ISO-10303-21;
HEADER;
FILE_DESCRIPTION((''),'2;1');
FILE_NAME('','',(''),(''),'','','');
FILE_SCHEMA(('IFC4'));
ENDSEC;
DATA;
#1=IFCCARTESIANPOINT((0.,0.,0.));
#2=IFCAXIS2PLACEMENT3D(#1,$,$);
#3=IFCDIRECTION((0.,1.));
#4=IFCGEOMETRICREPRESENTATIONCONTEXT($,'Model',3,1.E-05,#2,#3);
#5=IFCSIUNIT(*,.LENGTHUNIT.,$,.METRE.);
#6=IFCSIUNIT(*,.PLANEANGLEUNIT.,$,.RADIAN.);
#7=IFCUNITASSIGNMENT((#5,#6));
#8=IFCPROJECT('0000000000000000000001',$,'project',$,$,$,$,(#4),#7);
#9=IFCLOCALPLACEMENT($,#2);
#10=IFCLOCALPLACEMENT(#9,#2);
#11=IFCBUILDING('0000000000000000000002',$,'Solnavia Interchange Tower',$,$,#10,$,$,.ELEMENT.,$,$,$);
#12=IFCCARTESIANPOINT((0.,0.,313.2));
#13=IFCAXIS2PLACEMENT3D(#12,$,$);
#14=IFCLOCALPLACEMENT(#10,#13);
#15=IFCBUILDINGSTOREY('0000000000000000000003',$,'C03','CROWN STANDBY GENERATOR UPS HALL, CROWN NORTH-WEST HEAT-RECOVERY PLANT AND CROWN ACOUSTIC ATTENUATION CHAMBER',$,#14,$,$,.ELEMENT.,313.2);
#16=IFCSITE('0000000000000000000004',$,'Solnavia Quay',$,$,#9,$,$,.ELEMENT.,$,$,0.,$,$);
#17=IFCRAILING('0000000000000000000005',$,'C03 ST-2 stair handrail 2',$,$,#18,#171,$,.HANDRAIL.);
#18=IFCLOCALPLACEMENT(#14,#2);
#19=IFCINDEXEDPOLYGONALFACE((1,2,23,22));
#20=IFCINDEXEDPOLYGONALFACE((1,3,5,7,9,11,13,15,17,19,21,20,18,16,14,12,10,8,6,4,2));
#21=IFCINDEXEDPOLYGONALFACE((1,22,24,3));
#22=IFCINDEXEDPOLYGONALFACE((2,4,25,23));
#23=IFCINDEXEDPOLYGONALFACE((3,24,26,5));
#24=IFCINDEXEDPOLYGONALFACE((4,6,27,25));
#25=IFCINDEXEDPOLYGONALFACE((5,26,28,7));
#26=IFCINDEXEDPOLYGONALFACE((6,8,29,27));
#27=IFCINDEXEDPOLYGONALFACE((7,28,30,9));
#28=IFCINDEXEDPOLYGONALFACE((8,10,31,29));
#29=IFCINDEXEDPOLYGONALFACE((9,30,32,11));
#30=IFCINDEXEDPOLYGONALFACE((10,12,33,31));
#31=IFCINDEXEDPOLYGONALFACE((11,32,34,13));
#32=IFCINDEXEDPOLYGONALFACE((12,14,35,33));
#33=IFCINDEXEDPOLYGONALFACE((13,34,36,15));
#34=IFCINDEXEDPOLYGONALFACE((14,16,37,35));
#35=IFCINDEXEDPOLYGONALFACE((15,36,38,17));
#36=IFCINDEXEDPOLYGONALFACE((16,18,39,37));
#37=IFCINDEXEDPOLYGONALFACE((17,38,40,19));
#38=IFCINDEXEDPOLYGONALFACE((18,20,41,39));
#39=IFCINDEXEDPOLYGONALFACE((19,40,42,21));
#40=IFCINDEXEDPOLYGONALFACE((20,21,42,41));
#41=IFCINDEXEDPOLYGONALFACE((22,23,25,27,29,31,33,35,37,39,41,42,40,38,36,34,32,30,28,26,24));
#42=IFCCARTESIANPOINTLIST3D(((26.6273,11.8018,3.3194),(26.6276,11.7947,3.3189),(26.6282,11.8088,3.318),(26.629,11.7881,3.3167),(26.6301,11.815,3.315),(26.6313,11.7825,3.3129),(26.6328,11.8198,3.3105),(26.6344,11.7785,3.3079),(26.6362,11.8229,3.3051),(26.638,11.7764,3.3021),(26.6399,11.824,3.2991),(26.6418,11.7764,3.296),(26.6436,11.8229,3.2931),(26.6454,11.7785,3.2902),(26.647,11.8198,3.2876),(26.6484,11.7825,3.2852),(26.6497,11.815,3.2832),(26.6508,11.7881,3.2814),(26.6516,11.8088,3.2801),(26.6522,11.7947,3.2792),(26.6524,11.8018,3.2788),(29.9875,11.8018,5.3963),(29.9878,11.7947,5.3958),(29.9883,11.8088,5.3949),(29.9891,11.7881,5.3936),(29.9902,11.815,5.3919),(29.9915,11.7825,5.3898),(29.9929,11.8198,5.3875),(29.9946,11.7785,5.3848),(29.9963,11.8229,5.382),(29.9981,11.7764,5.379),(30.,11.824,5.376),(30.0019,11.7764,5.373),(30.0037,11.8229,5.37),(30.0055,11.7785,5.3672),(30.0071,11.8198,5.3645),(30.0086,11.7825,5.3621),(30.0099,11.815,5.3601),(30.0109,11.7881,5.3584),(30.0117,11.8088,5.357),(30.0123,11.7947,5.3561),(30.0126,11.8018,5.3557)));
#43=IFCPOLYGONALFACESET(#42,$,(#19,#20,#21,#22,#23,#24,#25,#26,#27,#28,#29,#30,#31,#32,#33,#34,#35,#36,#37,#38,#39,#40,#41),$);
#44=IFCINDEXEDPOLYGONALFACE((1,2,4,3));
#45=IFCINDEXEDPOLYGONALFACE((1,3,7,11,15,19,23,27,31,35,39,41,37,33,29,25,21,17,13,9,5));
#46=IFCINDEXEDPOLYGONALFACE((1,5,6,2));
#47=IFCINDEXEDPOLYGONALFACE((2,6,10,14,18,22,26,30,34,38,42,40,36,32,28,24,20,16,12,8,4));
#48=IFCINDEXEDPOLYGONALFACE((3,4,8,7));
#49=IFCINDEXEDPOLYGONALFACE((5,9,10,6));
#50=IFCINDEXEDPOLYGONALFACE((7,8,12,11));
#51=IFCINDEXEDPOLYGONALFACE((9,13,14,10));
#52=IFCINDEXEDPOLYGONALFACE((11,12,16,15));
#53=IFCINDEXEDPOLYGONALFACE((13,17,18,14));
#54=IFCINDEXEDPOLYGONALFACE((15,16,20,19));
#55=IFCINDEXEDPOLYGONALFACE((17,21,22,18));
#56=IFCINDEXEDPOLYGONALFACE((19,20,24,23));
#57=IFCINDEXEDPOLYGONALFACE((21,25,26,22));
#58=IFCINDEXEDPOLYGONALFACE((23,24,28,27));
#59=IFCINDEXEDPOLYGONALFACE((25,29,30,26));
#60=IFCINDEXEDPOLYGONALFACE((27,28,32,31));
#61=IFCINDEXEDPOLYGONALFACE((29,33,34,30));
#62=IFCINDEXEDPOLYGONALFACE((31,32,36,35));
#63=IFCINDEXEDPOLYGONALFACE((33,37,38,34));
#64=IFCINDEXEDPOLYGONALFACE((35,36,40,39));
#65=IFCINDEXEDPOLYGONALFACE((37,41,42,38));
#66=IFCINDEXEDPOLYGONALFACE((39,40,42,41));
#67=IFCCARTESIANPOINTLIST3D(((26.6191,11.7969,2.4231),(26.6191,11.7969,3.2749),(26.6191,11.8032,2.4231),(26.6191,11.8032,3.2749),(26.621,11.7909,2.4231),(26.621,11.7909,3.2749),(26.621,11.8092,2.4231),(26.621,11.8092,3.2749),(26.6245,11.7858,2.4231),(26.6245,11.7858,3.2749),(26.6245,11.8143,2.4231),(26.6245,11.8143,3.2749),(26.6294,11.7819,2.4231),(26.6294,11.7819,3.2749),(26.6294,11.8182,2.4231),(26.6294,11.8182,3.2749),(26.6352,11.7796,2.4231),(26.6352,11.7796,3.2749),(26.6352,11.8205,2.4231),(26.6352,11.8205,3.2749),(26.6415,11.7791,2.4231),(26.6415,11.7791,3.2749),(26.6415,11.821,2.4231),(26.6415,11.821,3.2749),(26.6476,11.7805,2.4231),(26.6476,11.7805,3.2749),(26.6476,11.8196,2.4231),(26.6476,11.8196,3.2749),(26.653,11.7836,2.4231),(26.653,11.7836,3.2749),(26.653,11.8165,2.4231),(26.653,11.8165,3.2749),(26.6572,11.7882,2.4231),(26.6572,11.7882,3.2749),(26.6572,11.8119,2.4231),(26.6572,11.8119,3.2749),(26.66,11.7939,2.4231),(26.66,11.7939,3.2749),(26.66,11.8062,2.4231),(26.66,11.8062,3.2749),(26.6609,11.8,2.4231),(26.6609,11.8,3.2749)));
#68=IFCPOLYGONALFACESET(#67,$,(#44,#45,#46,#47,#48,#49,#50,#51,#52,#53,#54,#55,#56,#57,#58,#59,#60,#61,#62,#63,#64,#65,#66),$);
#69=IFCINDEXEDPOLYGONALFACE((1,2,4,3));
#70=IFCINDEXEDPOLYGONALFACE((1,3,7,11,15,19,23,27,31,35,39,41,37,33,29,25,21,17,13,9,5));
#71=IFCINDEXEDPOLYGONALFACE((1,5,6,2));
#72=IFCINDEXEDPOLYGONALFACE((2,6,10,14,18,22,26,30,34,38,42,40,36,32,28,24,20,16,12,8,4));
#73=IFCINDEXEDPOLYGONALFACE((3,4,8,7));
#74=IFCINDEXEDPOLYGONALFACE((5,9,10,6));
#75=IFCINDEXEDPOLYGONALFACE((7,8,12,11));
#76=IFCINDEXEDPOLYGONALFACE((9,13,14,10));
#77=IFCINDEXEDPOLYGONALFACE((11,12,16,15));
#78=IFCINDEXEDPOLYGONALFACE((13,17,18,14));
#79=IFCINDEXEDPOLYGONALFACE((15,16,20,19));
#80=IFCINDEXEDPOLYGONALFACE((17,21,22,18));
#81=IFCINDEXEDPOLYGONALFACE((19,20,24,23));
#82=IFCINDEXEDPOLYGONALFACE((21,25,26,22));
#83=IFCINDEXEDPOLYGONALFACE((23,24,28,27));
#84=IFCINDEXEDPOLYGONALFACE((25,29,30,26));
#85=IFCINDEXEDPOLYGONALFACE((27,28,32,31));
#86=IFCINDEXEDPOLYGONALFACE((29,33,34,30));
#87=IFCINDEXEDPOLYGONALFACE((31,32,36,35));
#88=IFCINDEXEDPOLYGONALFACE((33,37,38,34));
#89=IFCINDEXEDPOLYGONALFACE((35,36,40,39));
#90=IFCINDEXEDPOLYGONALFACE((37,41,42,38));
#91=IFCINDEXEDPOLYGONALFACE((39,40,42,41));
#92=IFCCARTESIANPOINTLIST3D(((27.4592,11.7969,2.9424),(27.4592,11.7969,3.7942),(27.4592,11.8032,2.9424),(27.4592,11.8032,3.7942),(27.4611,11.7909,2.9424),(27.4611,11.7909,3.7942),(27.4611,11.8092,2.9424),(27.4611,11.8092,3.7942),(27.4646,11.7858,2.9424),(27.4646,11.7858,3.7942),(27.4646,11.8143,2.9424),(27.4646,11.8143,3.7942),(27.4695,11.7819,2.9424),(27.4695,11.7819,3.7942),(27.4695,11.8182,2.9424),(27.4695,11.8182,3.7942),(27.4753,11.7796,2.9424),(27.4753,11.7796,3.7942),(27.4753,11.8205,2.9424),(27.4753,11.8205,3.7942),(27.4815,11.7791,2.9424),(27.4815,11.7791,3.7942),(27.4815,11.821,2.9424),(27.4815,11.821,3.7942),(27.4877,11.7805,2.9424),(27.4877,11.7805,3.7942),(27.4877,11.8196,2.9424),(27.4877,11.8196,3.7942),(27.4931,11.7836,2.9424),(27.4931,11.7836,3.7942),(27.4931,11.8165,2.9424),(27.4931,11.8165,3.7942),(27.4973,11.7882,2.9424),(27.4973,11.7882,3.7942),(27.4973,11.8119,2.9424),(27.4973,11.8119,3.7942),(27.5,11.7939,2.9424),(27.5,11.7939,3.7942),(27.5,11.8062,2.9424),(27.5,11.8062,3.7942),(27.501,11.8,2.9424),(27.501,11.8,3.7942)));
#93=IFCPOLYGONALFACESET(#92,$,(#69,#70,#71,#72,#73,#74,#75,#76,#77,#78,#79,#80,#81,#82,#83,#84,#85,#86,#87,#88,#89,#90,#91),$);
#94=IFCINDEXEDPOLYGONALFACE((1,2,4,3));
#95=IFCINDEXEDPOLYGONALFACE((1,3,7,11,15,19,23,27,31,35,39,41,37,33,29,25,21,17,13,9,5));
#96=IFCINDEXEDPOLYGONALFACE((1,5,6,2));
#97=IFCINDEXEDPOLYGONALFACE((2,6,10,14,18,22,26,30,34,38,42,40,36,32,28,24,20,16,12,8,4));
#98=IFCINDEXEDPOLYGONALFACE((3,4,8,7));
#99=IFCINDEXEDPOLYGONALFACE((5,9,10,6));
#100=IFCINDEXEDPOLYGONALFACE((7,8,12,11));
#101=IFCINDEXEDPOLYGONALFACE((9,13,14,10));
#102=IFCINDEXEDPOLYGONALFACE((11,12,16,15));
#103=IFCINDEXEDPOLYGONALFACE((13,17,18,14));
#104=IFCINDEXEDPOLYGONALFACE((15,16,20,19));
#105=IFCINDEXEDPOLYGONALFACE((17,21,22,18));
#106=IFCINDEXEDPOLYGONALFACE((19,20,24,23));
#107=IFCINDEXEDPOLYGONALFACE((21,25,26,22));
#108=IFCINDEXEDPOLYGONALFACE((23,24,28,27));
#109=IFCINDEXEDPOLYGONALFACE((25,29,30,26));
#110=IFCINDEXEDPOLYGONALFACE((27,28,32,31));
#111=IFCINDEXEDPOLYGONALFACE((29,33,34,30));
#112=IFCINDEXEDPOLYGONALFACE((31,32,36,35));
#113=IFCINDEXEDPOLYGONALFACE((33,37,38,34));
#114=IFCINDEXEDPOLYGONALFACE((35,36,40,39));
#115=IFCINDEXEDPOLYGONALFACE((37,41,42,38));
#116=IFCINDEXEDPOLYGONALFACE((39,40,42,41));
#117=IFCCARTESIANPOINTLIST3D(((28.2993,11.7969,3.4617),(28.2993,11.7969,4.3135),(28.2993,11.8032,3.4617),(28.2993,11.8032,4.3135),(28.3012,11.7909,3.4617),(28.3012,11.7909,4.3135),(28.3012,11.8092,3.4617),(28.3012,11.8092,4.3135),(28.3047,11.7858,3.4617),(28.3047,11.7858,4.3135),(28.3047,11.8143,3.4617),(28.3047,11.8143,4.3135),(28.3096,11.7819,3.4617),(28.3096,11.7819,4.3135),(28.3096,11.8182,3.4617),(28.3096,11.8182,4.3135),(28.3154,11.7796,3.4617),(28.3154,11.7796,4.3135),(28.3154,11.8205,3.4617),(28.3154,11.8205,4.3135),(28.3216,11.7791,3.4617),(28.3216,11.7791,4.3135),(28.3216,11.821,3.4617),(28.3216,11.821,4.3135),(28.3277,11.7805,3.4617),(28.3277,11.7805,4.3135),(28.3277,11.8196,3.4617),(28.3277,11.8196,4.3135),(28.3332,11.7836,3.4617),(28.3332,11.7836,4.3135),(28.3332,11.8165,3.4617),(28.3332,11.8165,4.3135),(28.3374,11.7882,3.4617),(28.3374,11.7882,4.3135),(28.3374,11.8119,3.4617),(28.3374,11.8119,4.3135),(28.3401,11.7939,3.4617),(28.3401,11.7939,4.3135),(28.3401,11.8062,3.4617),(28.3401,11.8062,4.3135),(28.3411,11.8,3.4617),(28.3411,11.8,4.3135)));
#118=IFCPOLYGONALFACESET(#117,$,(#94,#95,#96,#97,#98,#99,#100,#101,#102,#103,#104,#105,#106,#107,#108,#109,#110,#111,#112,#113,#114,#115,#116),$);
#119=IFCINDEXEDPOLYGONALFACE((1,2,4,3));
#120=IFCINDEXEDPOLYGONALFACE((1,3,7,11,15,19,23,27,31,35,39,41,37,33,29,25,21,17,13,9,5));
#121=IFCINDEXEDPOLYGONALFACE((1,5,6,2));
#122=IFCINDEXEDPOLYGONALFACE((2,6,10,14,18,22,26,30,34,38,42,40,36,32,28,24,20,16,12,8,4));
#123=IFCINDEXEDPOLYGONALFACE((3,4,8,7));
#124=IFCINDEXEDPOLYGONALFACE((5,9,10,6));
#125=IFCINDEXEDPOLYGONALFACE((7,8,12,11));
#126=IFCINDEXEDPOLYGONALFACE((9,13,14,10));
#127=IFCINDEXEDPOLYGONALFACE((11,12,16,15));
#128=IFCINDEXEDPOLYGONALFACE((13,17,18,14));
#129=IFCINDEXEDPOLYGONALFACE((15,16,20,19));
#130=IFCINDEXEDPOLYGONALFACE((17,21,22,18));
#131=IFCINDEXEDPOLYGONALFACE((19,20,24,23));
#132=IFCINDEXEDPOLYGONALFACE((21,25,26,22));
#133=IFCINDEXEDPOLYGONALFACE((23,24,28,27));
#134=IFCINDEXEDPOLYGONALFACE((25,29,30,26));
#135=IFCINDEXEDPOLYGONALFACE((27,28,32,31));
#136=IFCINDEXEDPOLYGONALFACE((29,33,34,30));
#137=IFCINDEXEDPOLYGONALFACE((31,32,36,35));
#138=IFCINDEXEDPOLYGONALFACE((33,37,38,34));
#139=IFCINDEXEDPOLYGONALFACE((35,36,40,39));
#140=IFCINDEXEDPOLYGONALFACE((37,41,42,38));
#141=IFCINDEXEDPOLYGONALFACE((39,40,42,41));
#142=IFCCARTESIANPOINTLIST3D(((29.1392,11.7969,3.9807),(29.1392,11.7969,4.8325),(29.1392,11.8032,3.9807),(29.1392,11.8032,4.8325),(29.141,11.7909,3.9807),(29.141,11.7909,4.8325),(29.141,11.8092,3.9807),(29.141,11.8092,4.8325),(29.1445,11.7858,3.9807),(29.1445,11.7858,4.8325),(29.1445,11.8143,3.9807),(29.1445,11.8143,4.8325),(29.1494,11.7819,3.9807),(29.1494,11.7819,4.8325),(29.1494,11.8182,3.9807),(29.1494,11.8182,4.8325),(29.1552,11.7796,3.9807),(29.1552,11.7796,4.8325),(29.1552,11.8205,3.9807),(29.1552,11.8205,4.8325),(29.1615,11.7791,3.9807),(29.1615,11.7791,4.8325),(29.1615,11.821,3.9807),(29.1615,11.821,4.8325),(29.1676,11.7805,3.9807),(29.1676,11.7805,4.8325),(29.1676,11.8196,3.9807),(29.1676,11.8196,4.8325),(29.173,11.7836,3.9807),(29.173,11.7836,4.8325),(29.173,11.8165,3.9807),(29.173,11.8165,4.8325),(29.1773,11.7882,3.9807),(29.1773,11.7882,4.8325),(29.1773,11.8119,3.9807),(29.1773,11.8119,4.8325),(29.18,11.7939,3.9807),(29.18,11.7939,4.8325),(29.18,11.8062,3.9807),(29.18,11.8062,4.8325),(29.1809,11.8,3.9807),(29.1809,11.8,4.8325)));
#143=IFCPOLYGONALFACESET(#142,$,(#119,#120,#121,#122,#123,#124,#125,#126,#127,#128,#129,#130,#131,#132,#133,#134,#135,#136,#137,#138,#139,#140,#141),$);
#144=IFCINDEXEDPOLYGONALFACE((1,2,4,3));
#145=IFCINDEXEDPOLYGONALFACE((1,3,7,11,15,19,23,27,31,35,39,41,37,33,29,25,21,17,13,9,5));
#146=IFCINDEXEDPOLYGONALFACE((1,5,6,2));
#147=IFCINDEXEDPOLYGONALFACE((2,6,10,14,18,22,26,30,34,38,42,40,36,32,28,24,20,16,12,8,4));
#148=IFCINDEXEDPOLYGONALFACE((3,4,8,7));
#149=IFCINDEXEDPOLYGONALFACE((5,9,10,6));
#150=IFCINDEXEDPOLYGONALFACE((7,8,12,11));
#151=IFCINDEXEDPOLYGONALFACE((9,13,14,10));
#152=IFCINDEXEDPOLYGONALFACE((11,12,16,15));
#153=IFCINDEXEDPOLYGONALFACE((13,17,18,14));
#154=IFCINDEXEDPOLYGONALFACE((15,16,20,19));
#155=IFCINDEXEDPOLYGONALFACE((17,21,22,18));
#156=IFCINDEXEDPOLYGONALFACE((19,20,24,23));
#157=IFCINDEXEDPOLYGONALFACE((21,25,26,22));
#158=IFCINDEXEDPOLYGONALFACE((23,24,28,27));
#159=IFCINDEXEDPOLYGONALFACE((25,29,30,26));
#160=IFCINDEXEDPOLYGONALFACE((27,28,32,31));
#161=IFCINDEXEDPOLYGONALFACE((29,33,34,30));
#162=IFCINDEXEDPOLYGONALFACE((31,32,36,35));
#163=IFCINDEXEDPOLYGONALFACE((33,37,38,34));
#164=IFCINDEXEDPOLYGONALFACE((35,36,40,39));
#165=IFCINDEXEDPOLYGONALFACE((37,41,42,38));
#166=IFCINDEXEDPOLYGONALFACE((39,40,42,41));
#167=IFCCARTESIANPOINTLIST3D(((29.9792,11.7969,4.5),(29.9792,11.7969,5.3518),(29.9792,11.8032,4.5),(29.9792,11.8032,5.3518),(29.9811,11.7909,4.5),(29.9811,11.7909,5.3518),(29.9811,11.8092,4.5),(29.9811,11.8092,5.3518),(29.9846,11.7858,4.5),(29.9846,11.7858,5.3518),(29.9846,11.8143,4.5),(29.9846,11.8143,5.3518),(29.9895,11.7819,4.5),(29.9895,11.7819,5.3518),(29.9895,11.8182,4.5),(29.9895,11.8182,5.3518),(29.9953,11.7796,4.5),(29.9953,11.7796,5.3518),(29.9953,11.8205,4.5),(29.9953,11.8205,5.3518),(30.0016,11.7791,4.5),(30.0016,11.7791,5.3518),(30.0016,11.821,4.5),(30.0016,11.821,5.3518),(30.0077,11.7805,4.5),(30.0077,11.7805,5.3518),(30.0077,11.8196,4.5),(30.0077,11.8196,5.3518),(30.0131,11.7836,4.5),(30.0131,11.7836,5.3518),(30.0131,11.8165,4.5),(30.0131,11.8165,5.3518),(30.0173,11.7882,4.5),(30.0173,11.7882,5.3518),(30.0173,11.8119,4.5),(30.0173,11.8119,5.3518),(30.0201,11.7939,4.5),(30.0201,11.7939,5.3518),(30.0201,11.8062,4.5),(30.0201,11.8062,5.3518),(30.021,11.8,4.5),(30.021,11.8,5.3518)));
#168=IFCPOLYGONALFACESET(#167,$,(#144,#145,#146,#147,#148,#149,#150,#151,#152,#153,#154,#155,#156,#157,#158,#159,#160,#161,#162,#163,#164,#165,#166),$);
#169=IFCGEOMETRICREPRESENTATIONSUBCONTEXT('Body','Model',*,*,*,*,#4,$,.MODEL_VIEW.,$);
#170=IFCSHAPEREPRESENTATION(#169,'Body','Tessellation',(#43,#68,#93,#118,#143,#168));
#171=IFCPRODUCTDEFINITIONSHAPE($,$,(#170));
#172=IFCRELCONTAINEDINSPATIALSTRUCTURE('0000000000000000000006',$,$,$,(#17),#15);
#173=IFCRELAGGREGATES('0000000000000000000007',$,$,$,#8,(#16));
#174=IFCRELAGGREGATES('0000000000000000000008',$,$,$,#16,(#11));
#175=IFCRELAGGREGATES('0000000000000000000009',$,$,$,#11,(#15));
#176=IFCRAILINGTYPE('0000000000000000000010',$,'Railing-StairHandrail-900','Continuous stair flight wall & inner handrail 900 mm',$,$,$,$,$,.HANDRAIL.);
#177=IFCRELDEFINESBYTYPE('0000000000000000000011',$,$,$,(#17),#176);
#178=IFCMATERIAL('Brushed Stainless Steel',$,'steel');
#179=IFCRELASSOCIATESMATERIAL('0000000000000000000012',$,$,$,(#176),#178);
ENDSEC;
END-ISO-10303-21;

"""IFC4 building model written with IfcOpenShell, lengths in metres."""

from ifc_helpers import new_model, si_unit, direction, frame, origin, origin_2d, place, context, subcontext, project, spatial, circle, extrude, material, type_object, element, save


model = new_model("IFC4")

# Units and contexts
model_context = context("Model", 3, precision=1e-05, world=origin(), true_north=direction((0.0, 1.0)))
body_context = subcontext(model_context, "Body", "Model", "MODEL_VIEW")
ifc_project = project(units=[si_unit("LENGTHUNIT", "METRE"), si_unit("PLANEANGLEUNIT", "RADIAN")], contexts=[model_context])

# Site, building, storey
site_placement = place(None, origin())
site = spatial("IfcSite", under=ifc_project, at=site_placement, Name="Solnavia Quay", CompositionType="ELEMENT", RefElevation=0.0)
building_placement = place(site_placement, origin())
building = spatial("IfcBuilding", under=site, at=building_placement, Name="Solnavia Interchange Tower", CompositionType="ELEMENT")
storey_placement = place(building_placement, frame((0.0, 0.0, 313.2)))
storey = spatial("IfcBuildingStorey", under=building, at=storey_placement, Name="C03", Description="CROWN STANDBY GENERATOR UPS HALL, CROWN NORTH-WEST HEAT-RECOVERY PLANT AND CROWN ACOUSTIC ATTENUATION CHAMBER", CompositionType="ELEMENT", Elevation=313.2)

# Railing
ifc_material_1 = material(Name="Brushed Stainless Steel", Category="steel")
railing_type_1 = type_object("IfcRailingType", Name="Railing-StairHandrail-900", Description="Continuous stair flight wall & inner handrail 900 mm", PredefinedType="HANDRAIL", material=ifc_material_1)
railing_1_placement = place(storey_placement, frame((26.6399, 11.8, 2.4231)))
element("IfcRailing", 1, at=railing_1_placement, inside=storey, type_object=railing_type_1, Name="C03 ST-2 stair handrail 2", PredefinedType="HANDRAIL", context=body_context, shape_type="SweptSolid", body=[
    extrude(circle(Radius=0.0239, at=origin_2d()), frame((0.0, 0.0, 0.876), z_axis=(0.850623, 0.0, 0.525776), x_axis=(0.0, 1.0, 0.0)), (0.0, 0.0, 1.0), 3.9502),
    extrude(circle(Radius=0.021, at=origin_2d()), origin(), (0.0, 0.0, 1.0), 0.8518),
    extrude(circle(Radius=0.021, at=origin_2d()), frame((0.8401, 0.0, 0.5193)), (0.0, 0.0, 1.0), 0.8518),
    extrude(circle(Radius=0.021, at=origin_2d()), frame((1.6802, 0.0, 1.0386)), (0.0, 0.0, 1.0), 0.8518),
    extrude(circle(Radius=0.021, at=origin_2d()), frame((2.52, 0.0, 1.5576)), (0.0, 0.0, 1.0), 0.8518),
    extrude(circle(Radius=0.021, at=origin_2d()), frame((3.3601, 0.0, 2.0769)), (0.0, 0.0, 1.0), 0.8518),
])

save(model, "model.ifc")
